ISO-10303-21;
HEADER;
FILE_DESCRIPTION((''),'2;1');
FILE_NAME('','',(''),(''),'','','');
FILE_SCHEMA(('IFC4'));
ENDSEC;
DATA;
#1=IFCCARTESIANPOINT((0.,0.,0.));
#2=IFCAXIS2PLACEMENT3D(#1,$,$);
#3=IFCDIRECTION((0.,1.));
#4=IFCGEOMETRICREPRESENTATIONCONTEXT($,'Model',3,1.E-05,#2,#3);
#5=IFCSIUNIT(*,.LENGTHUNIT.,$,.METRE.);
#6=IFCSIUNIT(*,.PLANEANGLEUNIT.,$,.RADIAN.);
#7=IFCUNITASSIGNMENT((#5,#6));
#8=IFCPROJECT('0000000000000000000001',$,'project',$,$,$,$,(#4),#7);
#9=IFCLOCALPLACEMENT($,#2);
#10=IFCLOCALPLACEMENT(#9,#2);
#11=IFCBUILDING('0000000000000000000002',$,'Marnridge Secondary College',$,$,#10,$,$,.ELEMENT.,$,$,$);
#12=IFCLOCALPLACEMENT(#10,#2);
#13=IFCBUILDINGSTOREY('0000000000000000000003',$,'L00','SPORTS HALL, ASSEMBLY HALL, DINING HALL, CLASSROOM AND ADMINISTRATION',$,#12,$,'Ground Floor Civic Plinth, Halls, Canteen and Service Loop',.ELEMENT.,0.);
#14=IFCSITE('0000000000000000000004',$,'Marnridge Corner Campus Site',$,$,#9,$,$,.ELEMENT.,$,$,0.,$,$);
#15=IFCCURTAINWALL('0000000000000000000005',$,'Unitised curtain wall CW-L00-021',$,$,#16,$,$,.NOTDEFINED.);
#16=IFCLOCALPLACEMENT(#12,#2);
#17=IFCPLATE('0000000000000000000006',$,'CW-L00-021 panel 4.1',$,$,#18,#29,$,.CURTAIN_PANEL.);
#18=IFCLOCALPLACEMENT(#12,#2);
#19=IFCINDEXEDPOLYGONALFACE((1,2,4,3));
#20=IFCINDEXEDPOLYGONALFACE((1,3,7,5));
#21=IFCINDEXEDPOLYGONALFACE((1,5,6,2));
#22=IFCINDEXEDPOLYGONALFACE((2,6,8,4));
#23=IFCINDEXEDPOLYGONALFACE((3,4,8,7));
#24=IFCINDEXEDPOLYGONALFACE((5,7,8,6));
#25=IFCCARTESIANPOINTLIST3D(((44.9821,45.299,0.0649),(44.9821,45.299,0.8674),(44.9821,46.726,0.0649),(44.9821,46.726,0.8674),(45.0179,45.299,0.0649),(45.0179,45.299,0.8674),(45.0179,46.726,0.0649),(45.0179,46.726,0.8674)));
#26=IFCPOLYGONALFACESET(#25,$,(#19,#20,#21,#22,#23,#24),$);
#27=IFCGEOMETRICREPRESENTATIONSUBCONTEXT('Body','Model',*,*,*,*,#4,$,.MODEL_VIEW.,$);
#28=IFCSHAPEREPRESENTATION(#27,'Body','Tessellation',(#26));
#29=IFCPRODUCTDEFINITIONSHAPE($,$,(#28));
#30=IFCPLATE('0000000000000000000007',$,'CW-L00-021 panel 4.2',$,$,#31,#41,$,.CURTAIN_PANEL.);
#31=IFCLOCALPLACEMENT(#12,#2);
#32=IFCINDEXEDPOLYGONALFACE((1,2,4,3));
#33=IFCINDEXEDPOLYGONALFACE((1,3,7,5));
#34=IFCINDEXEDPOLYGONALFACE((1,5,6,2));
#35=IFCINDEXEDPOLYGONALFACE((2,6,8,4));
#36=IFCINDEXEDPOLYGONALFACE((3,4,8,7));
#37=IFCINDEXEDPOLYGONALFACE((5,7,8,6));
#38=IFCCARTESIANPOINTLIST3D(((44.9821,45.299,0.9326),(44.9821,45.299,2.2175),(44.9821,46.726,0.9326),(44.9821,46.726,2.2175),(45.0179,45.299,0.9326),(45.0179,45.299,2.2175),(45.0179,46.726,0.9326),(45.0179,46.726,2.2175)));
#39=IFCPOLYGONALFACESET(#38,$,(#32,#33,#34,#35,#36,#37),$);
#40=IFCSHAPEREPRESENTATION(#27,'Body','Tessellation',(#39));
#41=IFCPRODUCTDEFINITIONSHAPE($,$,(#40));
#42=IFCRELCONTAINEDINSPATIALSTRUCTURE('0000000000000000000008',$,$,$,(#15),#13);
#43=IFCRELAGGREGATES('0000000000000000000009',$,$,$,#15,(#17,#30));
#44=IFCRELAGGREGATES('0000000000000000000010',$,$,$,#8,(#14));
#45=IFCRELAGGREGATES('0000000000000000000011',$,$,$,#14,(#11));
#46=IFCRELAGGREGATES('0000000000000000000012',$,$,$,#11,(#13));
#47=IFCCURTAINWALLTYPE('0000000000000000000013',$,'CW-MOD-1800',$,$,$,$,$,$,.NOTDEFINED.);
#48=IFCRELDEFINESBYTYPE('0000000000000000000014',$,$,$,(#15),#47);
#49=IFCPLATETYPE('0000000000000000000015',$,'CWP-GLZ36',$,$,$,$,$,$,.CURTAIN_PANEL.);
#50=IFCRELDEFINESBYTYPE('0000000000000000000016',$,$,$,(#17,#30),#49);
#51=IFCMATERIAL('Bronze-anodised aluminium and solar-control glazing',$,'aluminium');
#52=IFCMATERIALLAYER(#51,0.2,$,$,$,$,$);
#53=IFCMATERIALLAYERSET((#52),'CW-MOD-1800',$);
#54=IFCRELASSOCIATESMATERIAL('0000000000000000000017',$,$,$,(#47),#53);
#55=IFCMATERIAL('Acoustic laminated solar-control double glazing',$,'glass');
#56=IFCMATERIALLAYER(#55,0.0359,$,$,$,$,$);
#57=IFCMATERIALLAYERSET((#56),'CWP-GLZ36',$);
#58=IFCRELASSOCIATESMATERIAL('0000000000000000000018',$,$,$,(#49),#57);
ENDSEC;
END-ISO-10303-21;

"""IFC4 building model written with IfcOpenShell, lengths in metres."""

from ifc_helpers import new_model, si_unit, direction, frame, origin, origin_2d, place, context, subcontext, project, spatial, rectangle, extrude, material, layer, layer_set, type_object, element, aggregate, save


model = new_model("IFC4")

# Units and contexts
model_context = context("Model", 3, precision=1e-05, world=origin(), true_north=direction((0.0, 1.0)))
body_context = subcontext(model_context, "Body", "Model", "MODEL_VIEW")
ifc_project = project(units=[si_unit("LENGTHUNIT", "METRE"), si_unit("PLANEANGLEUNIT", "RADIAN")], contexts=[model_context])

# Site, building, storey
site_placement = place(None, origin())
site = spatial("IfcSite", under=ifc_project, at=site_placement, Name="Marnridge Corner Campus Site", CompositionType="ELEMENT", RefElevation=0.0)
building_placement = place(site_placement, origin())
building = spatial("IfcBuilding", under=site, at=building_placement, Name="Marnridge Secondary College", CompositionType="ELEMENT")
storey_placement = place(building_placement, origin())
storey = spatial("IfcBuildingStorey", under=building, at=storey_placement, Name="L00", Description="SPORTS HALL, ASSEMBLY HALL, DINING HALL, CLASSROOM AND ADMINISTRATION", LongName="Ground Floor Civic Plinth, Halls, Canteen and Service Loop", CompositionType="ELEMENT", Elevation=0.0)

# Curtain wall
ifc_material_1 = material(Name="Bronze-anodised aluminium and solar-control glazing", Category="aluminium")
ifc_layer_1 = layer(ifc_material_1, 0.2)
ifc_layer_set_1 = layer_set([ifc_layer_1], Name="CW-MOD-1800")
curtain_wall_type = type_object("IfcCurtainWallType", Name="CW-MOD-1800", PredefinedType="NOTDEFINED", material=ifc_layer_set_1)
curtain_wall_1_placement = place(storey_placement, origin())
curtain_wall_1 = element("IfcCurtainWall", 1, at=curtain_wall_1_placement, inside=storey, type_object=curtain_wall_type, Name="Unitised curtain wall CW-L00-021", PredefinedType="NOTDEFINED")

# Plates
ifc_material_2 = material(Name="Acoustic laminated solar-control double glazing", Category="glass")
ifc_layer_2 = layer(ifc_material_2, 0.0359)
ifc_layer_set_2 = layer_set([ifc_layer_2], Name="CWP-GLZ36")
plate_type = type_object("IfcPlateType", Name="CWP-GLZ36", PredefinedType="CURTAIN_PANEL", material=ifc_layer_set_2)
plate_1_placement = place(storey_placement, frame((45.0, 46.0125, 0.0649), z_axis=(0.0, 0.0, 1.0), x_axis=(0.0, -1.0, 0.0)))
plate_1 = element("IfcPlate", 2, at=plate_1_placement, type_object=plate_type, Name="CW-L00-021 panel 4.1", PredefinedType="CURTAIN_PANEL", context=body_context, shape_type="SweptSolid", body=[
    extrude(rectangle(XDim=1.427, YDim=0.0359, at=origin_2d()), origin(), (0.0, 0.0, 1.0), 0.8025),
])
plate_2_placement = place(storey_placement, frame((45.0, 46.0125, 0.9326), z_axis=(0.0, 0.0, 1.0), x_axis=(0.0, -1.0, 0.0)))
plate_2 = element("IfcPlate", 3, at=plate_2_placement, type_object=plate_type, Name="CW-L00-021 panel 4.2", PredefinedType="CURTAIN_PANEL", context=body_context, shape_type="SweptSolid", body=[
    extrude(rectangle(XDim=1.427, YDim=0.0359, at=origin_2d()), origin(), (0.0, 0.0, 1.0), 1.2849),
])
aggregate(curtain_wall_1, [plate_1, plate_2])

save(model, "model.ifc")
